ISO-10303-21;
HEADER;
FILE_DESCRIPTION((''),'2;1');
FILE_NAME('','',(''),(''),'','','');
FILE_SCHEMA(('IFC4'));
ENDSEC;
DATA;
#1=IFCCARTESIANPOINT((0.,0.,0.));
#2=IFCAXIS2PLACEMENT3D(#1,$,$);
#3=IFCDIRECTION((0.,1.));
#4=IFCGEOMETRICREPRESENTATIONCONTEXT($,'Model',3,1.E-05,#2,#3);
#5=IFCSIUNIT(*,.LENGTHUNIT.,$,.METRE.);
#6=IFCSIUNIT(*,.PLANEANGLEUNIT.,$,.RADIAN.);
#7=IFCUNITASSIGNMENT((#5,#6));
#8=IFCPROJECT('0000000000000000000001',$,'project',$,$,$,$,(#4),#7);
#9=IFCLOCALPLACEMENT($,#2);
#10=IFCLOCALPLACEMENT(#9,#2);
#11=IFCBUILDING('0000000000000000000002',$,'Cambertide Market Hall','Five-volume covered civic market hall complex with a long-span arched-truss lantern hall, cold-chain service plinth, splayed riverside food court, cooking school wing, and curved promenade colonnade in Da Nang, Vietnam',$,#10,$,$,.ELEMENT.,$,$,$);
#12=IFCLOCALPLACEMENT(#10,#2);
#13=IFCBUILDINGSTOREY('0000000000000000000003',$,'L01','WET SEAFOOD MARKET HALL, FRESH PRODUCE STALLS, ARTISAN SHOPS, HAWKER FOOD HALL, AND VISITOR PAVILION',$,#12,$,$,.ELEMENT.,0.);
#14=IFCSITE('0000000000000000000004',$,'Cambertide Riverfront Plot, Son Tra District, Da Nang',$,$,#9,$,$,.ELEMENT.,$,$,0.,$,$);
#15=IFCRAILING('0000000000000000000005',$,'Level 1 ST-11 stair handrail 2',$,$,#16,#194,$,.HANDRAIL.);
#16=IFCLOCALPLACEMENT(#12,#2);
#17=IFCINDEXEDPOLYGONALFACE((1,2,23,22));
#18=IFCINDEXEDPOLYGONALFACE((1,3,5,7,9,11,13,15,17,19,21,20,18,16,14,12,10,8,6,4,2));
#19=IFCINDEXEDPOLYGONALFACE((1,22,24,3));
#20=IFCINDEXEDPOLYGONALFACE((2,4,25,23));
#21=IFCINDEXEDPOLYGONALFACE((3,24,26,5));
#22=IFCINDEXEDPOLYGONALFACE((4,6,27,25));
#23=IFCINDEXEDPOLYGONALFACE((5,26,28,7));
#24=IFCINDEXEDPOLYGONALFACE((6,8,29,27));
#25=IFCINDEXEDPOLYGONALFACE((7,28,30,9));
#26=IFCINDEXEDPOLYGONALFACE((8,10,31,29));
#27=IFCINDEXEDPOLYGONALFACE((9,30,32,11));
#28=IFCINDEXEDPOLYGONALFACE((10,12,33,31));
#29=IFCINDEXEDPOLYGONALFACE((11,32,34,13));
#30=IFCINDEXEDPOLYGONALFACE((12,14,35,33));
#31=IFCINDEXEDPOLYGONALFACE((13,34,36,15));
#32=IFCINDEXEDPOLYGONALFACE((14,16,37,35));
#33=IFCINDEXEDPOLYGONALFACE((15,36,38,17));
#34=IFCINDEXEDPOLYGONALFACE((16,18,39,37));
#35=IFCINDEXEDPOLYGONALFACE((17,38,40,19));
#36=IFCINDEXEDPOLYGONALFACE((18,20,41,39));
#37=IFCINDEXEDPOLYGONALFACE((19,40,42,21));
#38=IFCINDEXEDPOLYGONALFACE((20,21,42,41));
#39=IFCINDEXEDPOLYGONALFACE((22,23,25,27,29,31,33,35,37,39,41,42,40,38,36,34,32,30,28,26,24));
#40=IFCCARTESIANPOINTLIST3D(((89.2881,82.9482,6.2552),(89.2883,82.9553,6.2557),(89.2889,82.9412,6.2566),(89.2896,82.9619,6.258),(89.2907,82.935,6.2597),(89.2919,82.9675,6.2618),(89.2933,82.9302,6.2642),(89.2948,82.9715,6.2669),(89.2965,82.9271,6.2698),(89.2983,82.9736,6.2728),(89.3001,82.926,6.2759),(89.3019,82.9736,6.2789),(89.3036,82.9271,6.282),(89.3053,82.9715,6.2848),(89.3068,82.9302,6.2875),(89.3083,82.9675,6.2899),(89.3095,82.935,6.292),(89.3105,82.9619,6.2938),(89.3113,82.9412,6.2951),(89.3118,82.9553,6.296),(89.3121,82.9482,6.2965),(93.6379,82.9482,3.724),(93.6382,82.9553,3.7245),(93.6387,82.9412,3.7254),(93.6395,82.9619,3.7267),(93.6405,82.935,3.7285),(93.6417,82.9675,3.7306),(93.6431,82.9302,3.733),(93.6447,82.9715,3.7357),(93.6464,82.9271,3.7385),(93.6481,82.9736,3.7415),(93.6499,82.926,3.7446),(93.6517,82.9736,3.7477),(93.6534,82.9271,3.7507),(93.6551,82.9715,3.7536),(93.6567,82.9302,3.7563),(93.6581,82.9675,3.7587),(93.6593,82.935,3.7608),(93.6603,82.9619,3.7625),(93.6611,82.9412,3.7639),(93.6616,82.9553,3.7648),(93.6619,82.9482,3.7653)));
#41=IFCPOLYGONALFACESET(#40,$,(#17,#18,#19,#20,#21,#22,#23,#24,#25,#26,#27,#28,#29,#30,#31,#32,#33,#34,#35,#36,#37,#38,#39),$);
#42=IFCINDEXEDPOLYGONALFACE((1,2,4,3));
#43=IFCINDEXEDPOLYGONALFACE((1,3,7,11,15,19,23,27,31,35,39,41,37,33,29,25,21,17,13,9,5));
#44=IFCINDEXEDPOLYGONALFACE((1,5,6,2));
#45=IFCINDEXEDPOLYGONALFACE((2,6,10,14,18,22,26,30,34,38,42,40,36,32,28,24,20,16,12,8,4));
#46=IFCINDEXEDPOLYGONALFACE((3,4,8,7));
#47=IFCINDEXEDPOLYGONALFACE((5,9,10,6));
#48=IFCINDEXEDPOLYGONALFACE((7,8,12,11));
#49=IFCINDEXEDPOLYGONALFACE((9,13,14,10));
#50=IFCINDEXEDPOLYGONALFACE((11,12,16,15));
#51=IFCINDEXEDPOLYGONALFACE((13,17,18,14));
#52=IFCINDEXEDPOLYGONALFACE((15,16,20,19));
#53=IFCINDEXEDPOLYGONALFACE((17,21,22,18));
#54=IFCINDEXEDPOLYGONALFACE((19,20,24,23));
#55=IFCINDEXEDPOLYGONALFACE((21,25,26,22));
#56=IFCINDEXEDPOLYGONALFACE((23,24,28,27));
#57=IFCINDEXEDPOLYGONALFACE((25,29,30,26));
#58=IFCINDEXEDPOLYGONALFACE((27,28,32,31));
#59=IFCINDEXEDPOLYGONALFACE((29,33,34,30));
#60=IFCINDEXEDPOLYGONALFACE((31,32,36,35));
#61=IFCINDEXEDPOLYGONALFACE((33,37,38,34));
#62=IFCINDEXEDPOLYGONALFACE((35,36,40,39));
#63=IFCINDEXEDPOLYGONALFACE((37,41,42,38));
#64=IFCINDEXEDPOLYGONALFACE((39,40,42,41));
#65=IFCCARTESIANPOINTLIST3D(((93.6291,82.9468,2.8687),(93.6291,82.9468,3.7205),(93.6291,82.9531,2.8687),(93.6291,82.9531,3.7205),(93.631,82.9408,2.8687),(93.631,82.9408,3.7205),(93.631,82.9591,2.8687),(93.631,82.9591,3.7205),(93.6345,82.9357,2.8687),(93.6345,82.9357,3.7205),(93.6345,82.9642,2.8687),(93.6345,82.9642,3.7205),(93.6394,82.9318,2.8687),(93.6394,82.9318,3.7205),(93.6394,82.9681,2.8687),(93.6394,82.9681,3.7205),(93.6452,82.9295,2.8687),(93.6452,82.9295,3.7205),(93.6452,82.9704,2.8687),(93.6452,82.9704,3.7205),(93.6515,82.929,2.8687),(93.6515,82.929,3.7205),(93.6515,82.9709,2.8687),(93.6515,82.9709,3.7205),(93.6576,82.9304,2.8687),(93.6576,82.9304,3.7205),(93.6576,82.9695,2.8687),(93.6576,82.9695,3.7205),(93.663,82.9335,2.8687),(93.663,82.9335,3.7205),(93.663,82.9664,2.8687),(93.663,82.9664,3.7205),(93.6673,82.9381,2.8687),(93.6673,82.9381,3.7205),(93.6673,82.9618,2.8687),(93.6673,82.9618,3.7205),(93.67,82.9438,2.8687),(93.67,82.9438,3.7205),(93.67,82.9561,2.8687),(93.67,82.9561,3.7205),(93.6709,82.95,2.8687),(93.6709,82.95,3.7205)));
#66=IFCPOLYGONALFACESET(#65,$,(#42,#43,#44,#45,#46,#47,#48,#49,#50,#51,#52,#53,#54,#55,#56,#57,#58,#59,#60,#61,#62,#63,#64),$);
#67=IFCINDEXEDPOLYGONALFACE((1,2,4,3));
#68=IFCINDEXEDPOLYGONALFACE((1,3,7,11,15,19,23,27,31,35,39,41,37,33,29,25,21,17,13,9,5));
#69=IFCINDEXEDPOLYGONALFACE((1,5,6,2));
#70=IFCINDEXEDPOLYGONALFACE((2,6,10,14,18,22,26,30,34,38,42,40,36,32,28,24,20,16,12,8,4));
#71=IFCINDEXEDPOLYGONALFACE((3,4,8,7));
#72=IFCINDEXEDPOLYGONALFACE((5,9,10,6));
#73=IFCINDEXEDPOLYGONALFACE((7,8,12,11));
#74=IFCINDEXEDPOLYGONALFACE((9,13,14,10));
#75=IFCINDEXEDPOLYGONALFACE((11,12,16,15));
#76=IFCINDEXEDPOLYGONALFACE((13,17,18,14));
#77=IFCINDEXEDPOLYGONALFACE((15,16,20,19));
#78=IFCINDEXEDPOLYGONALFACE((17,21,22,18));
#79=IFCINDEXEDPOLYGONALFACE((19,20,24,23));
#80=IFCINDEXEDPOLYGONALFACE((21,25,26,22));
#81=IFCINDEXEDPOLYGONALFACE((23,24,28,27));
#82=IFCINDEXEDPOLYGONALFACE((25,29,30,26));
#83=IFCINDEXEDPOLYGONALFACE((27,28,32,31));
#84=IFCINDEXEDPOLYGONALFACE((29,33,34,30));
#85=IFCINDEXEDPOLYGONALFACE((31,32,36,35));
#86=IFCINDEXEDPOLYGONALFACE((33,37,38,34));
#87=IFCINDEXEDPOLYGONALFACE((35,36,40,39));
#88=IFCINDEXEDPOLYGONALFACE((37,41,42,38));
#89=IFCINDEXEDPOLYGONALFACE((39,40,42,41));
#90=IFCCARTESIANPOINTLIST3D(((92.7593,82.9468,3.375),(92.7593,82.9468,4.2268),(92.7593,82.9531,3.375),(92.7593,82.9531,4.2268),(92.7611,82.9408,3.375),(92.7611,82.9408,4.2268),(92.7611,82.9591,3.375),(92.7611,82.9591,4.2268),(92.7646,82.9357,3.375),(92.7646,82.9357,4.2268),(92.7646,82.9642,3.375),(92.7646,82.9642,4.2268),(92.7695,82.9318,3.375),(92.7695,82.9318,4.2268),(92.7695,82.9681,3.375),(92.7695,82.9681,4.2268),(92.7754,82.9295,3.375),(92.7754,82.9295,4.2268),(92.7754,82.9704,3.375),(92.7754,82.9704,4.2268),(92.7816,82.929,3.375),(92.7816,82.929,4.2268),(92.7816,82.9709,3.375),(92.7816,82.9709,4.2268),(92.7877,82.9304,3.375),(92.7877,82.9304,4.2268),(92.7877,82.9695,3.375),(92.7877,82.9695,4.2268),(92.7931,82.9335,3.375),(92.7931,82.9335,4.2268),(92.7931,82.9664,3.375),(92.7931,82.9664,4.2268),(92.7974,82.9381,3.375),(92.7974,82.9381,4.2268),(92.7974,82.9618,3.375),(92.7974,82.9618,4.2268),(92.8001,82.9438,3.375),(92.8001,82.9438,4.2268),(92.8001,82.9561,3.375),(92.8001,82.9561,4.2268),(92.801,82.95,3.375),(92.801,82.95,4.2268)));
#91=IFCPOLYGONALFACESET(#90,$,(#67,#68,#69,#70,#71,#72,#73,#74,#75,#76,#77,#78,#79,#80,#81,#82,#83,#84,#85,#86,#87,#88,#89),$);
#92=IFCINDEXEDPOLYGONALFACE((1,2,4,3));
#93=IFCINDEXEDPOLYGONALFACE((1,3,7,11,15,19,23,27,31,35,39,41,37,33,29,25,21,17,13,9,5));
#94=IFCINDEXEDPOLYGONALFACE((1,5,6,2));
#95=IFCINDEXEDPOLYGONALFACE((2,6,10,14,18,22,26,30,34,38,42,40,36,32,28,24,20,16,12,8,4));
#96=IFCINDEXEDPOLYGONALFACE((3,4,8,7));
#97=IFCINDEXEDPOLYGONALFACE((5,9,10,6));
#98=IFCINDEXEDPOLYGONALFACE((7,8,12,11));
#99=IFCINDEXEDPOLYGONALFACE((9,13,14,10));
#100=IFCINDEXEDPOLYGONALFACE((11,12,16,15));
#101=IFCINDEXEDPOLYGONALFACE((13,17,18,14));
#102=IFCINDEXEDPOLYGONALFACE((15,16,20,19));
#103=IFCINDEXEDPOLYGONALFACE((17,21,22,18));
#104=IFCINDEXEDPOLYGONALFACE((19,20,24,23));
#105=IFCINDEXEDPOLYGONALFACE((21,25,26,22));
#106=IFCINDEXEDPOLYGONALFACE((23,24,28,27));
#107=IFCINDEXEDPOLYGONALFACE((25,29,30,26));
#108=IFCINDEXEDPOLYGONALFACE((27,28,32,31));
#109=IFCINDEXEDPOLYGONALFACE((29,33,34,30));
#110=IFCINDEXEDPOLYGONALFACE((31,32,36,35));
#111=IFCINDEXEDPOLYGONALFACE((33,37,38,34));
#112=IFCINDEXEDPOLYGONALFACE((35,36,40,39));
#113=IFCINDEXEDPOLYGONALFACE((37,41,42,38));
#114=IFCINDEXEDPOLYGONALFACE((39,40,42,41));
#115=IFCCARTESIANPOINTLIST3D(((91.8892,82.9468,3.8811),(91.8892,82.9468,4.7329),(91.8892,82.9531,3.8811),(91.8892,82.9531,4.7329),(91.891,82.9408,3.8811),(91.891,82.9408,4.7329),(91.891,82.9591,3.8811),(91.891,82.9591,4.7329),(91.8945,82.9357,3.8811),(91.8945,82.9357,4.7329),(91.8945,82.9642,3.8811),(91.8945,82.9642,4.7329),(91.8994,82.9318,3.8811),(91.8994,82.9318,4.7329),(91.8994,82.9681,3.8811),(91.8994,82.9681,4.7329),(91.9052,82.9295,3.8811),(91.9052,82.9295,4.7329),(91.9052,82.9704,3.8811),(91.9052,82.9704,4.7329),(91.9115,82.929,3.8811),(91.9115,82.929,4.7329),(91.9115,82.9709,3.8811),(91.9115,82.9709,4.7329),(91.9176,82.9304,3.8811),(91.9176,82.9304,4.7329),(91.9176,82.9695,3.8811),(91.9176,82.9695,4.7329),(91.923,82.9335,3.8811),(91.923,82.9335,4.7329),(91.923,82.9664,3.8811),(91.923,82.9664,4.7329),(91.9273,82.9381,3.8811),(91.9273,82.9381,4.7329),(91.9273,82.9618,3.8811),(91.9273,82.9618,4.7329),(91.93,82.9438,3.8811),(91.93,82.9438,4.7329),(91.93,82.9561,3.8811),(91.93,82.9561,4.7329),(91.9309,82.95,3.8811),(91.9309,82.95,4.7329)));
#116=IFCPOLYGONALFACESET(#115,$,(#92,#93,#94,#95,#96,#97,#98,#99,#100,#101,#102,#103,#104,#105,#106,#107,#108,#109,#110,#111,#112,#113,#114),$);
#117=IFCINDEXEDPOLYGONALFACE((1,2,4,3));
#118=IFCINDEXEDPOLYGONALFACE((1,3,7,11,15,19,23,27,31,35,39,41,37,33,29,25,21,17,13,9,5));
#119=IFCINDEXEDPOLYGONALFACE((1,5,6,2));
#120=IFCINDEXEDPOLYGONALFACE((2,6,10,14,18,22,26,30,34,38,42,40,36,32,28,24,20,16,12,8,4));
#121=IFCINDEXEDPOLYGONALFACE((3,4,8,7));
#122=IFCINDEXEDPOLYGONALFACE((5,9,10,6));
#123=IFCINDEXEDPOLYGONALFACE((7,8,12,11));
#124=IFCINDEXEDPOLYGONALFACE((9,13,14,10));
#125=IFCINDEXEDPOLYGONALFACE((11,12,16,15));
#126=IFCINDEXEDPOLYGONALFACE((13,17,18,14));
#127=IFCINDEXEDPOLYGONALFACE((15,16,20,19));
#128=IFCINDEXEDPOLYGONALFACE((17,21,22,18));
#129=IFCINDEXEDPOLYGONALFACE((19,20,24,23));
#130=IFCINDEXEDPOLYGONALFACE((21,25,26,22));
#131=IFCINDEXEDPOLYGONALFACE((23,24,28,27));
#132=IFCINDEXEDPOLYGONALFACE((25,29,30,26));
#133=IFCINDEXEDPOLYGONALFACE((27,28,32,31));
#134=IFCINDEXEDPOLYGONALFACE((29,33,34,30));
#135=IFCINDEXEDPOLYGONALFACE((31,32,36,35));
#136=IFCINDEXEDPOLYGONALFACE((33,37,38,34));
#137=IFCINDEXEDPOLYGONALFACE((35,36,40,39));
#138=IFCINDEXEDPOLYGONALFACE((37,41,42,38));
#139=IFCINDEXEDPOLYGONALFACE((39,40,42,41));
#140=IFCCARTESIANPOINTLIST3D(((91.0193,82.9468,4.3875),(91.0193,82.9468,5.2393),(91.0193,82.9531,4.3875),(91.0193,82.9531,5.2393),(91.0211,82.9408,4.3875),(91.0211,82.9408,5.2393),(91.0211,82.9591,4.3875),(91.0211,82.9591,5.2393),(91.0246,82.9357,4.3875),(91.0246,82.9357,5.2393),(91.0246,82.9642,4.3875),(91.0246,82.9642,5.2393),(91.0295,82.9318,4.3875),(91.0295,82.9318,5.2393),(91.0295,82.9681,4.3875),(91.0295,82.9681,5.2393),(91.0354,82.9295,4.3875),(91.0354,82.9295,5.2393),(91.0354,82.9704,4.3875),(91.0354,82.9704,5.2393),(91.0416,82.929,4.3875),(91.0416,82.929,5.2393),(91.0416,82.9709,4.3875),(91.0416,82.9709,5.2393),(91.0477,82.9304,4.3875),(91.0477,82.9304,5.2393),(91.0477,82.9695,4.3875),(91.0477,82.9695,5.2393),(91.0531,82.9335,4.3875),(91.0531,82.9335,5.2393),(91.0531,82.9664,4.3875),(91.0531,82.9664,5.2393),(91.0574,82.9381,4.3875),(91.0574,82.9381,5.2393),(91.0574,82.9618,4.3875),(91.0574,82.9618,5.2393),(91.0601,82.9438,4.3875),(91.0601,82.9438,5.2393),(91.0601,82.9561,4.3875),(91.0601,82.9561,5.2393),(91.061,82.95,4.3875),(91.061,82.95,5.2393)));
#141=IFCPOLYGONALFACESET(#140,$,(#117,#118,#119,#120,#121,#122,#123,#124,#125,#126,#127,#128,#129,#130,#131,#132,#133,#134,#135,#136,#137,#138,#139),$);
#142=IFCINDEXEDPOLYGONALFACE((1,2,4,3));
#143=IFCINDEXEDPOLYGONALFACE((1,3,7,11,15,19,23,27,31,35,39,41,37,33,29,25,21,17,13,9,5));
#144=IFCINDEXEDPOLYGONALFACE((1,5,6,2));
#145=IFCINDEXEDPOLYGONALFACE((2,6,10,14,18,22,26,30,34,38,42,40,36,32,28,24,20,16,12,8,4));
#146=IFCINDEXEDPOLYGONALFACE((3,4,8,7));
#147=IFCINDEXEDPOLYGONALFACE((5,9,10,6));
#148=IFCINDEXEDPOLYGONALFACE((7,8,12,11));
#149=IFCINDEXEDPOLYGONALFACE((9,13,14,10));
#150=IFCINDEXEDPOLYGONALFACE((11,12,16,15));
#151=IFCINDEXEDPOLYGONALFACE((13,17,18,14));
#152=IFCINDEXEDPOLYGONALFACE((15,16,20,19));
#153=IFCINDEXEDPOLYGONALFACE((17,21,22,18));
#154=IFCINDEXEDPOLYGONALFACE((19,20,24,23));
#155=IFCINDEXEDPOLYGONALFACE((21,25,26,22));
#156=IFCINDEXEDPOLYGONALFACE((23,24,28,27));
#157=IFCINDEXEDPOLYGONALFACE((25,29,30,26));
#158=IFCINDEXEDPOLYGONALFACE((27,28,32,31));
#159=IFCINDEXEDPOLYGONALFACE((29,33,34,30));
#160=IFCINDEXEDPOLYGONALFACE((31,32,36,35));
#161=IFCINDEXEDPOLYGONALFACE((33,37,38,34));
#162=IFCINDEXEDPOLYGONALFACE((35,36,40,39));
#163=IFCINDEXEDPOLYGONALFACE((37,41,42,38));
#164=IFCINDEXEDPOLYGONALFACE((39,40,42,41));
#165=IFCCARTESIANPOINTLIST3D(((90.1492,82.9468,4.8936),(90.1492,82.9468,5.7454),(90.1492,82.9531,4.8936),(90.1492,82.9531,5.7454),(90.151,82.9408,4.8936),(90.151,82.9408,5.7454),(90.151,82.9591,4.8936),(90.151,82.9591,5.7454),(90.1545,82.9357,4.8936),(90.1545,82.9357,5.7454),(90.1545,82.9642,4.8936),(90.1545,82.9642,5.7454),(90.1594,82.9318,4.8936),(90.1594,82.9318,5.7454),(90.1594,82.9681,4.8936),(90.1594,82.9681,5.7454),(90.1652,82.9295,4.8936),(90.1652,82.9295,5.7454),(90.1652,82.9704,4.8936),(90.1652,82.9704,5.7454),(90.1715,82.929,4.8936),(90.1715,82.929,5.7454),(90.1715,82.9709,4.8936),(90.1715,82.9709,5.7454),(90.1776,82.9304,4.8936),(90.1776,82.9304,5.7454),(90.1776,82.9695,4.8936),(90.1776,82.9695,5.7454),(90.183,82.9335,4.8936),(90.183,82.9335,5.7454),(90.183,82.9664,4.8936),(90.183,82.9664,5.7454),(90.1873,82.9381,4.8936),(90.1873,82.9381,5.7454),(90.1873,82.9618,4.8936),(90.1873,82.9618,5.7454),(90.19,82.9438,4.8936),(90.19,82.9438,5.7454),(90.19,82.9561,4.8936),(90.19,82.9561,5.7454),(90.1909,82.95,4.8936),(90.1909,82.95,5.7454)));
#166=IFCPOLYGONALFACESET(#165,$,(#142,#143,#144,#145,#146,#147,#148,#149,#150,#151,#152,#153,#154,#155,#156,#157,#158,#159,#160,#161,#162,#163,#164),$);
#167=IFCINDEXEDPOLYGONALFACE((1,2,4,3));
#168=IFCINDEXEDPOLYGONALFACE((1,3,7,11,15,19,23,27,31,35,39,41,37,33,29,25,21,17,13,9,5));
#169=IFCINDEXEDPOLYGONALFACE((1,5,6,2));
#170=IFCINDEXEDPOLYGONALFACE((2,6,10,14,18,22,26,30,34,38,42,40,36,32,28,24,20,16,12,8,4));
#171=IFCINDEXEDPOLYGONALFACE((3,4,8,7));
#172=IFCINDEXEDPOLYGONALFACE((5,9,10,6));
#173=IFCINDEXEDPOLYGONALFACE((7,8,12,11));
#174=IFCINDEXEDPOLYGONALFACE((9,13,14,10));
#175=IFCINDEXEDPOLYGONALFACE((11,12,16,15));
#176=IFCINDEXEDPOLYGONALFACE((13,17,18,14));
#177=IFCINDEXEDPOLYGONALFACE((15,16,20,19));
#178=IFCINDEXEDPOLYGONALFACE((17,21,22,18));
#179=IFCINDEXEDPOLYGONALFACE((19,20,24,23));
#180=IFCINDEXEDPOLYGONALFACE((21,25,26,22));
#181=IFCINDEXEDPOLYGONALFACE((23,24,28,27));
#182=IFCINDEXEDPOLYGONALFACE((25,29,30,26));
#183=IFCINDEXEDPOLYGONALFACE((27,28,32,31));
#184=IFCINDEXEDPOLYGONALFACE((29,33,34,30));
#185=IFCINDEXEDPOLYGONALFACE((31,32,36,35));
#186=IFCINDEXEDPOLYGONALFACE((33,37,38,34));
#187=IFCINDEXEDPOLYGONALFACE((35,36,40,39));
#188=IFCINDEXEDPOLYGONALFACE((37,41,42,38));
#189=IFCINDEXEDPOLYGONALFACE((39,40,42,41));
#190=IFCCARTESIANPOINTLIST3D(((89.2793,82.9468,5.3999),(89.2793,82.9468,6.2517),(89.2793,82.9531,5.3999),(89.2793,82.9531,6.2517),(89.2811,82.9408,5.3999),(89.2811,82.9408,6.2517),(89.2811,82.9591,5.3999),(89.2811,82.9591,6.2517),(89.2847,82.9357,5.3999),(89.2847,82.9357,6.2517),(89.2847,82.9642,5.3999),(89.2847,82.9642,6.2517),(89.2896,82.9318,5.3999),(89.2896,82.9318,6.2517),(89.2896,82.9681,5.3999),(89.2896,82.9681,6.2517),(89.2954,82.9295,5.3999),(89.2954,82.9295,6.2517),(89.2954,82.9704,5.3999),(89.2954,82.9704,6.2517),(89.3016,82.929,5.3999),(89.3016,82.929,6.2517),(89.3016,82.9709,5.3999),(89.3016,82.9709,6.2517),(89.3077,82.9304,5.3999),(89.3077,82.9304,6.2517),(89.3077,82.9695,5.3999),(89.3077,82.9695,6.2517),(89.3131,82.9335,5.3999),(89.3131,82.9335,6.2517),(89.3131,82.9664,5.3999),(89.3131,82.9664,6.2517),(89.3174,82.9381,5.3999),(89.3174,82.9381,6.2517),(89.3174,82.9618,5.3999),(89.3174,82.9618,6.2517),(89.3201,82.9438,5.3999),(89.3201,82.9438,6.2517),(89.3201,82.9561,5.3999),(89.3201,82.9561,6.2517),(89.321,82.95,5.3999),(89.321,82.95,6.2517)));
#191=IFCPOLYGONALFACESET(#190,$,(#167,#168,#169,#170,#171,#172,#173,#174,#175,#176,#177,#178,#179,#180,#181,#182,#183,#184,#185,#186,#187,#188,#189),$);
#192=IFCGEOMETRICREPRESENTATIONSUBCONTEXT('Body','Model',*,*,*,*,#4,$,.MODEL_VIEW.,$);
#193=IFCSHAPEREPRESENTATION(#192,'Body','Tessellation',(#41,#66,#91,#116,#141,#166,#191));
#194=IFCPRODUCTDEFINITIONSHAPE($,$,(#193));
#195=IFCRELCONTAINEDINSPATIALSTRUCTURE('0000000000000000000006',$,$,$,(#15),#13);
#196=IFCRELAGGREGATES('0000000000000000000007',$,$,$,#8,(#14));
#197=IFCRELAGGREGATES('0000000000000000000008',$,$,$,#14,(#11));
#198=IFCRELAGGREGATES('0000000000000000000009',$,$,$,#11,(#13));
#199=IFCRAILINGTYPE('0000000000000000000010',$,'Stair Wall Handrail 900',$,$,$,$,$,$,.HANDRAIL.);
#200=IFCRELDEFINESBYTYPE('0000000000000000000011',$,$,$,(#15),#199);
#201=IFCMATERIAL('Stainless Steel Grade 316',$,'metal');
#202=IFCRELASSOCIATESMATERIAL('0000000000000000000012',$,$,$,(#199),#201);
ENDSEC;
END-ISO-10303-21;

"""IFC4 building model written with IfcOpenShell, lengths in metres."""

from ifc_helpers import new_model, si_unit, direction, frame, origin, origin_2d, place, context, subcontext, project, spatial, circle, extrude, material, type_object, element, save


model = new_model("IFC4")

# Units and contexts
model_context = context("Model", 3, precision=1e-05, world=origin(), true_north=direction((0.0, 1.0)))
body_context = subcontext(model_context, "Body", "Model", "MODEL_VIEW")
ifc_project = project(units=[si_unit("LENGTHUNIT", "METRE"), si_unit("PLANEANGLEUNIT", "RADIAN")], contexts=[model_context])

# Site, building, storey
site_placement = place(None, origin())
site = spatial("IfcSite", under=ifc_project, at=site_placement, Name="Cambertide Riverfront Plot, Son Tra District, Da Nang", CompositionType="ELEMENT", RefElevation=0.0)
building_placement = place(site_placement, origin())
building = spatial("IfcBuilding", under=site, at=building_placement, Name="Cambertide Market Hall", Description="Five-volume covered civic market hall complex with a long-span arched-truss lantern hall, cold-chain service plinth, splayed riverside food court, cooking school wing, and curved promenade colonnade in Da Nang, Vietnam", CompositionType="ELEMENT")
storey_placement = place(building_placement, origin())
storey = spatial("IfcBuildingStorey", under=building, at=storey_placement, Name="L01", Description="WET SEAFOOD MARKET HALL, FRESH PRODUCE STALLS, ARTISAN SHOPS, HAWKER FOOD HALL, AND VISITOR PAVILION", CompositionType="ELEMENT", Elevation=0.0)

# Railing
ifc_material_1 = material(Name="Stainless Steel Grade 316", Category="metal")
railing_type_1 = type_object("IfcRailingType", Name="Stair Wall Handrail 900", PredefinedType="HANDRAIL", material=ifc_material_1)
railing_1_placement = place(storey_placement, frame((93.6499, 82.95, 2.8687)))
element("IfcRailing", 1, at=railing_1_placement, inside=storey, type_object=railing_type_1, Name="Level 1 ST-11 stair handrail 2", PredefinedType="HANDRAIL", context=body_context, shape_type="SweptSolid", body=[
    extrude(circle(Radius=0.0239, at=origin_2d()), frame((0.0, 0.0, 0.876), z_axis=(-0.864312, 0.0, 0.502957), x_axis=(0.0, -1.0, 0.0)), (0.0, 0.0, 1.0), 5.0327),
    extrude(circle(Radius=0.021, at=origin_2d()), origin(), (0.0, 0.0, 1.0), 0.8518),
    extrude(circle(Radius=0.021, at=origin_2d()), frame((-0.8699, 0.0, 0.5063)), (0.0, 0.0, 1.0), 0.8518),
    extrude(circle(Radius=0.021, at=origin_2d()), frame((-1.74, 0.0, 1.0125)), (0.0, 0.0, 1.0), 0.8518),
    extrude(circle(Radius=0.021, at=origin_2d()), frame((-2.6099, 0.0, 1.5188)), (0.0, 0.0, 1.0), 0.8518),
    extrude(circle(Radius=0.021, at=origin_2d()), frame((-3.48, 0.0, 2.0249)), (0.0, 0.0, 1.0), 0.8518),
    extrude(circle(Radius=0.021, at=origin_2d()), frame((-4.3499, 0.0, 2.5312)), (0.0, 0.0, 1.0), 0.8518),
])

save(model, "model.ifc")
